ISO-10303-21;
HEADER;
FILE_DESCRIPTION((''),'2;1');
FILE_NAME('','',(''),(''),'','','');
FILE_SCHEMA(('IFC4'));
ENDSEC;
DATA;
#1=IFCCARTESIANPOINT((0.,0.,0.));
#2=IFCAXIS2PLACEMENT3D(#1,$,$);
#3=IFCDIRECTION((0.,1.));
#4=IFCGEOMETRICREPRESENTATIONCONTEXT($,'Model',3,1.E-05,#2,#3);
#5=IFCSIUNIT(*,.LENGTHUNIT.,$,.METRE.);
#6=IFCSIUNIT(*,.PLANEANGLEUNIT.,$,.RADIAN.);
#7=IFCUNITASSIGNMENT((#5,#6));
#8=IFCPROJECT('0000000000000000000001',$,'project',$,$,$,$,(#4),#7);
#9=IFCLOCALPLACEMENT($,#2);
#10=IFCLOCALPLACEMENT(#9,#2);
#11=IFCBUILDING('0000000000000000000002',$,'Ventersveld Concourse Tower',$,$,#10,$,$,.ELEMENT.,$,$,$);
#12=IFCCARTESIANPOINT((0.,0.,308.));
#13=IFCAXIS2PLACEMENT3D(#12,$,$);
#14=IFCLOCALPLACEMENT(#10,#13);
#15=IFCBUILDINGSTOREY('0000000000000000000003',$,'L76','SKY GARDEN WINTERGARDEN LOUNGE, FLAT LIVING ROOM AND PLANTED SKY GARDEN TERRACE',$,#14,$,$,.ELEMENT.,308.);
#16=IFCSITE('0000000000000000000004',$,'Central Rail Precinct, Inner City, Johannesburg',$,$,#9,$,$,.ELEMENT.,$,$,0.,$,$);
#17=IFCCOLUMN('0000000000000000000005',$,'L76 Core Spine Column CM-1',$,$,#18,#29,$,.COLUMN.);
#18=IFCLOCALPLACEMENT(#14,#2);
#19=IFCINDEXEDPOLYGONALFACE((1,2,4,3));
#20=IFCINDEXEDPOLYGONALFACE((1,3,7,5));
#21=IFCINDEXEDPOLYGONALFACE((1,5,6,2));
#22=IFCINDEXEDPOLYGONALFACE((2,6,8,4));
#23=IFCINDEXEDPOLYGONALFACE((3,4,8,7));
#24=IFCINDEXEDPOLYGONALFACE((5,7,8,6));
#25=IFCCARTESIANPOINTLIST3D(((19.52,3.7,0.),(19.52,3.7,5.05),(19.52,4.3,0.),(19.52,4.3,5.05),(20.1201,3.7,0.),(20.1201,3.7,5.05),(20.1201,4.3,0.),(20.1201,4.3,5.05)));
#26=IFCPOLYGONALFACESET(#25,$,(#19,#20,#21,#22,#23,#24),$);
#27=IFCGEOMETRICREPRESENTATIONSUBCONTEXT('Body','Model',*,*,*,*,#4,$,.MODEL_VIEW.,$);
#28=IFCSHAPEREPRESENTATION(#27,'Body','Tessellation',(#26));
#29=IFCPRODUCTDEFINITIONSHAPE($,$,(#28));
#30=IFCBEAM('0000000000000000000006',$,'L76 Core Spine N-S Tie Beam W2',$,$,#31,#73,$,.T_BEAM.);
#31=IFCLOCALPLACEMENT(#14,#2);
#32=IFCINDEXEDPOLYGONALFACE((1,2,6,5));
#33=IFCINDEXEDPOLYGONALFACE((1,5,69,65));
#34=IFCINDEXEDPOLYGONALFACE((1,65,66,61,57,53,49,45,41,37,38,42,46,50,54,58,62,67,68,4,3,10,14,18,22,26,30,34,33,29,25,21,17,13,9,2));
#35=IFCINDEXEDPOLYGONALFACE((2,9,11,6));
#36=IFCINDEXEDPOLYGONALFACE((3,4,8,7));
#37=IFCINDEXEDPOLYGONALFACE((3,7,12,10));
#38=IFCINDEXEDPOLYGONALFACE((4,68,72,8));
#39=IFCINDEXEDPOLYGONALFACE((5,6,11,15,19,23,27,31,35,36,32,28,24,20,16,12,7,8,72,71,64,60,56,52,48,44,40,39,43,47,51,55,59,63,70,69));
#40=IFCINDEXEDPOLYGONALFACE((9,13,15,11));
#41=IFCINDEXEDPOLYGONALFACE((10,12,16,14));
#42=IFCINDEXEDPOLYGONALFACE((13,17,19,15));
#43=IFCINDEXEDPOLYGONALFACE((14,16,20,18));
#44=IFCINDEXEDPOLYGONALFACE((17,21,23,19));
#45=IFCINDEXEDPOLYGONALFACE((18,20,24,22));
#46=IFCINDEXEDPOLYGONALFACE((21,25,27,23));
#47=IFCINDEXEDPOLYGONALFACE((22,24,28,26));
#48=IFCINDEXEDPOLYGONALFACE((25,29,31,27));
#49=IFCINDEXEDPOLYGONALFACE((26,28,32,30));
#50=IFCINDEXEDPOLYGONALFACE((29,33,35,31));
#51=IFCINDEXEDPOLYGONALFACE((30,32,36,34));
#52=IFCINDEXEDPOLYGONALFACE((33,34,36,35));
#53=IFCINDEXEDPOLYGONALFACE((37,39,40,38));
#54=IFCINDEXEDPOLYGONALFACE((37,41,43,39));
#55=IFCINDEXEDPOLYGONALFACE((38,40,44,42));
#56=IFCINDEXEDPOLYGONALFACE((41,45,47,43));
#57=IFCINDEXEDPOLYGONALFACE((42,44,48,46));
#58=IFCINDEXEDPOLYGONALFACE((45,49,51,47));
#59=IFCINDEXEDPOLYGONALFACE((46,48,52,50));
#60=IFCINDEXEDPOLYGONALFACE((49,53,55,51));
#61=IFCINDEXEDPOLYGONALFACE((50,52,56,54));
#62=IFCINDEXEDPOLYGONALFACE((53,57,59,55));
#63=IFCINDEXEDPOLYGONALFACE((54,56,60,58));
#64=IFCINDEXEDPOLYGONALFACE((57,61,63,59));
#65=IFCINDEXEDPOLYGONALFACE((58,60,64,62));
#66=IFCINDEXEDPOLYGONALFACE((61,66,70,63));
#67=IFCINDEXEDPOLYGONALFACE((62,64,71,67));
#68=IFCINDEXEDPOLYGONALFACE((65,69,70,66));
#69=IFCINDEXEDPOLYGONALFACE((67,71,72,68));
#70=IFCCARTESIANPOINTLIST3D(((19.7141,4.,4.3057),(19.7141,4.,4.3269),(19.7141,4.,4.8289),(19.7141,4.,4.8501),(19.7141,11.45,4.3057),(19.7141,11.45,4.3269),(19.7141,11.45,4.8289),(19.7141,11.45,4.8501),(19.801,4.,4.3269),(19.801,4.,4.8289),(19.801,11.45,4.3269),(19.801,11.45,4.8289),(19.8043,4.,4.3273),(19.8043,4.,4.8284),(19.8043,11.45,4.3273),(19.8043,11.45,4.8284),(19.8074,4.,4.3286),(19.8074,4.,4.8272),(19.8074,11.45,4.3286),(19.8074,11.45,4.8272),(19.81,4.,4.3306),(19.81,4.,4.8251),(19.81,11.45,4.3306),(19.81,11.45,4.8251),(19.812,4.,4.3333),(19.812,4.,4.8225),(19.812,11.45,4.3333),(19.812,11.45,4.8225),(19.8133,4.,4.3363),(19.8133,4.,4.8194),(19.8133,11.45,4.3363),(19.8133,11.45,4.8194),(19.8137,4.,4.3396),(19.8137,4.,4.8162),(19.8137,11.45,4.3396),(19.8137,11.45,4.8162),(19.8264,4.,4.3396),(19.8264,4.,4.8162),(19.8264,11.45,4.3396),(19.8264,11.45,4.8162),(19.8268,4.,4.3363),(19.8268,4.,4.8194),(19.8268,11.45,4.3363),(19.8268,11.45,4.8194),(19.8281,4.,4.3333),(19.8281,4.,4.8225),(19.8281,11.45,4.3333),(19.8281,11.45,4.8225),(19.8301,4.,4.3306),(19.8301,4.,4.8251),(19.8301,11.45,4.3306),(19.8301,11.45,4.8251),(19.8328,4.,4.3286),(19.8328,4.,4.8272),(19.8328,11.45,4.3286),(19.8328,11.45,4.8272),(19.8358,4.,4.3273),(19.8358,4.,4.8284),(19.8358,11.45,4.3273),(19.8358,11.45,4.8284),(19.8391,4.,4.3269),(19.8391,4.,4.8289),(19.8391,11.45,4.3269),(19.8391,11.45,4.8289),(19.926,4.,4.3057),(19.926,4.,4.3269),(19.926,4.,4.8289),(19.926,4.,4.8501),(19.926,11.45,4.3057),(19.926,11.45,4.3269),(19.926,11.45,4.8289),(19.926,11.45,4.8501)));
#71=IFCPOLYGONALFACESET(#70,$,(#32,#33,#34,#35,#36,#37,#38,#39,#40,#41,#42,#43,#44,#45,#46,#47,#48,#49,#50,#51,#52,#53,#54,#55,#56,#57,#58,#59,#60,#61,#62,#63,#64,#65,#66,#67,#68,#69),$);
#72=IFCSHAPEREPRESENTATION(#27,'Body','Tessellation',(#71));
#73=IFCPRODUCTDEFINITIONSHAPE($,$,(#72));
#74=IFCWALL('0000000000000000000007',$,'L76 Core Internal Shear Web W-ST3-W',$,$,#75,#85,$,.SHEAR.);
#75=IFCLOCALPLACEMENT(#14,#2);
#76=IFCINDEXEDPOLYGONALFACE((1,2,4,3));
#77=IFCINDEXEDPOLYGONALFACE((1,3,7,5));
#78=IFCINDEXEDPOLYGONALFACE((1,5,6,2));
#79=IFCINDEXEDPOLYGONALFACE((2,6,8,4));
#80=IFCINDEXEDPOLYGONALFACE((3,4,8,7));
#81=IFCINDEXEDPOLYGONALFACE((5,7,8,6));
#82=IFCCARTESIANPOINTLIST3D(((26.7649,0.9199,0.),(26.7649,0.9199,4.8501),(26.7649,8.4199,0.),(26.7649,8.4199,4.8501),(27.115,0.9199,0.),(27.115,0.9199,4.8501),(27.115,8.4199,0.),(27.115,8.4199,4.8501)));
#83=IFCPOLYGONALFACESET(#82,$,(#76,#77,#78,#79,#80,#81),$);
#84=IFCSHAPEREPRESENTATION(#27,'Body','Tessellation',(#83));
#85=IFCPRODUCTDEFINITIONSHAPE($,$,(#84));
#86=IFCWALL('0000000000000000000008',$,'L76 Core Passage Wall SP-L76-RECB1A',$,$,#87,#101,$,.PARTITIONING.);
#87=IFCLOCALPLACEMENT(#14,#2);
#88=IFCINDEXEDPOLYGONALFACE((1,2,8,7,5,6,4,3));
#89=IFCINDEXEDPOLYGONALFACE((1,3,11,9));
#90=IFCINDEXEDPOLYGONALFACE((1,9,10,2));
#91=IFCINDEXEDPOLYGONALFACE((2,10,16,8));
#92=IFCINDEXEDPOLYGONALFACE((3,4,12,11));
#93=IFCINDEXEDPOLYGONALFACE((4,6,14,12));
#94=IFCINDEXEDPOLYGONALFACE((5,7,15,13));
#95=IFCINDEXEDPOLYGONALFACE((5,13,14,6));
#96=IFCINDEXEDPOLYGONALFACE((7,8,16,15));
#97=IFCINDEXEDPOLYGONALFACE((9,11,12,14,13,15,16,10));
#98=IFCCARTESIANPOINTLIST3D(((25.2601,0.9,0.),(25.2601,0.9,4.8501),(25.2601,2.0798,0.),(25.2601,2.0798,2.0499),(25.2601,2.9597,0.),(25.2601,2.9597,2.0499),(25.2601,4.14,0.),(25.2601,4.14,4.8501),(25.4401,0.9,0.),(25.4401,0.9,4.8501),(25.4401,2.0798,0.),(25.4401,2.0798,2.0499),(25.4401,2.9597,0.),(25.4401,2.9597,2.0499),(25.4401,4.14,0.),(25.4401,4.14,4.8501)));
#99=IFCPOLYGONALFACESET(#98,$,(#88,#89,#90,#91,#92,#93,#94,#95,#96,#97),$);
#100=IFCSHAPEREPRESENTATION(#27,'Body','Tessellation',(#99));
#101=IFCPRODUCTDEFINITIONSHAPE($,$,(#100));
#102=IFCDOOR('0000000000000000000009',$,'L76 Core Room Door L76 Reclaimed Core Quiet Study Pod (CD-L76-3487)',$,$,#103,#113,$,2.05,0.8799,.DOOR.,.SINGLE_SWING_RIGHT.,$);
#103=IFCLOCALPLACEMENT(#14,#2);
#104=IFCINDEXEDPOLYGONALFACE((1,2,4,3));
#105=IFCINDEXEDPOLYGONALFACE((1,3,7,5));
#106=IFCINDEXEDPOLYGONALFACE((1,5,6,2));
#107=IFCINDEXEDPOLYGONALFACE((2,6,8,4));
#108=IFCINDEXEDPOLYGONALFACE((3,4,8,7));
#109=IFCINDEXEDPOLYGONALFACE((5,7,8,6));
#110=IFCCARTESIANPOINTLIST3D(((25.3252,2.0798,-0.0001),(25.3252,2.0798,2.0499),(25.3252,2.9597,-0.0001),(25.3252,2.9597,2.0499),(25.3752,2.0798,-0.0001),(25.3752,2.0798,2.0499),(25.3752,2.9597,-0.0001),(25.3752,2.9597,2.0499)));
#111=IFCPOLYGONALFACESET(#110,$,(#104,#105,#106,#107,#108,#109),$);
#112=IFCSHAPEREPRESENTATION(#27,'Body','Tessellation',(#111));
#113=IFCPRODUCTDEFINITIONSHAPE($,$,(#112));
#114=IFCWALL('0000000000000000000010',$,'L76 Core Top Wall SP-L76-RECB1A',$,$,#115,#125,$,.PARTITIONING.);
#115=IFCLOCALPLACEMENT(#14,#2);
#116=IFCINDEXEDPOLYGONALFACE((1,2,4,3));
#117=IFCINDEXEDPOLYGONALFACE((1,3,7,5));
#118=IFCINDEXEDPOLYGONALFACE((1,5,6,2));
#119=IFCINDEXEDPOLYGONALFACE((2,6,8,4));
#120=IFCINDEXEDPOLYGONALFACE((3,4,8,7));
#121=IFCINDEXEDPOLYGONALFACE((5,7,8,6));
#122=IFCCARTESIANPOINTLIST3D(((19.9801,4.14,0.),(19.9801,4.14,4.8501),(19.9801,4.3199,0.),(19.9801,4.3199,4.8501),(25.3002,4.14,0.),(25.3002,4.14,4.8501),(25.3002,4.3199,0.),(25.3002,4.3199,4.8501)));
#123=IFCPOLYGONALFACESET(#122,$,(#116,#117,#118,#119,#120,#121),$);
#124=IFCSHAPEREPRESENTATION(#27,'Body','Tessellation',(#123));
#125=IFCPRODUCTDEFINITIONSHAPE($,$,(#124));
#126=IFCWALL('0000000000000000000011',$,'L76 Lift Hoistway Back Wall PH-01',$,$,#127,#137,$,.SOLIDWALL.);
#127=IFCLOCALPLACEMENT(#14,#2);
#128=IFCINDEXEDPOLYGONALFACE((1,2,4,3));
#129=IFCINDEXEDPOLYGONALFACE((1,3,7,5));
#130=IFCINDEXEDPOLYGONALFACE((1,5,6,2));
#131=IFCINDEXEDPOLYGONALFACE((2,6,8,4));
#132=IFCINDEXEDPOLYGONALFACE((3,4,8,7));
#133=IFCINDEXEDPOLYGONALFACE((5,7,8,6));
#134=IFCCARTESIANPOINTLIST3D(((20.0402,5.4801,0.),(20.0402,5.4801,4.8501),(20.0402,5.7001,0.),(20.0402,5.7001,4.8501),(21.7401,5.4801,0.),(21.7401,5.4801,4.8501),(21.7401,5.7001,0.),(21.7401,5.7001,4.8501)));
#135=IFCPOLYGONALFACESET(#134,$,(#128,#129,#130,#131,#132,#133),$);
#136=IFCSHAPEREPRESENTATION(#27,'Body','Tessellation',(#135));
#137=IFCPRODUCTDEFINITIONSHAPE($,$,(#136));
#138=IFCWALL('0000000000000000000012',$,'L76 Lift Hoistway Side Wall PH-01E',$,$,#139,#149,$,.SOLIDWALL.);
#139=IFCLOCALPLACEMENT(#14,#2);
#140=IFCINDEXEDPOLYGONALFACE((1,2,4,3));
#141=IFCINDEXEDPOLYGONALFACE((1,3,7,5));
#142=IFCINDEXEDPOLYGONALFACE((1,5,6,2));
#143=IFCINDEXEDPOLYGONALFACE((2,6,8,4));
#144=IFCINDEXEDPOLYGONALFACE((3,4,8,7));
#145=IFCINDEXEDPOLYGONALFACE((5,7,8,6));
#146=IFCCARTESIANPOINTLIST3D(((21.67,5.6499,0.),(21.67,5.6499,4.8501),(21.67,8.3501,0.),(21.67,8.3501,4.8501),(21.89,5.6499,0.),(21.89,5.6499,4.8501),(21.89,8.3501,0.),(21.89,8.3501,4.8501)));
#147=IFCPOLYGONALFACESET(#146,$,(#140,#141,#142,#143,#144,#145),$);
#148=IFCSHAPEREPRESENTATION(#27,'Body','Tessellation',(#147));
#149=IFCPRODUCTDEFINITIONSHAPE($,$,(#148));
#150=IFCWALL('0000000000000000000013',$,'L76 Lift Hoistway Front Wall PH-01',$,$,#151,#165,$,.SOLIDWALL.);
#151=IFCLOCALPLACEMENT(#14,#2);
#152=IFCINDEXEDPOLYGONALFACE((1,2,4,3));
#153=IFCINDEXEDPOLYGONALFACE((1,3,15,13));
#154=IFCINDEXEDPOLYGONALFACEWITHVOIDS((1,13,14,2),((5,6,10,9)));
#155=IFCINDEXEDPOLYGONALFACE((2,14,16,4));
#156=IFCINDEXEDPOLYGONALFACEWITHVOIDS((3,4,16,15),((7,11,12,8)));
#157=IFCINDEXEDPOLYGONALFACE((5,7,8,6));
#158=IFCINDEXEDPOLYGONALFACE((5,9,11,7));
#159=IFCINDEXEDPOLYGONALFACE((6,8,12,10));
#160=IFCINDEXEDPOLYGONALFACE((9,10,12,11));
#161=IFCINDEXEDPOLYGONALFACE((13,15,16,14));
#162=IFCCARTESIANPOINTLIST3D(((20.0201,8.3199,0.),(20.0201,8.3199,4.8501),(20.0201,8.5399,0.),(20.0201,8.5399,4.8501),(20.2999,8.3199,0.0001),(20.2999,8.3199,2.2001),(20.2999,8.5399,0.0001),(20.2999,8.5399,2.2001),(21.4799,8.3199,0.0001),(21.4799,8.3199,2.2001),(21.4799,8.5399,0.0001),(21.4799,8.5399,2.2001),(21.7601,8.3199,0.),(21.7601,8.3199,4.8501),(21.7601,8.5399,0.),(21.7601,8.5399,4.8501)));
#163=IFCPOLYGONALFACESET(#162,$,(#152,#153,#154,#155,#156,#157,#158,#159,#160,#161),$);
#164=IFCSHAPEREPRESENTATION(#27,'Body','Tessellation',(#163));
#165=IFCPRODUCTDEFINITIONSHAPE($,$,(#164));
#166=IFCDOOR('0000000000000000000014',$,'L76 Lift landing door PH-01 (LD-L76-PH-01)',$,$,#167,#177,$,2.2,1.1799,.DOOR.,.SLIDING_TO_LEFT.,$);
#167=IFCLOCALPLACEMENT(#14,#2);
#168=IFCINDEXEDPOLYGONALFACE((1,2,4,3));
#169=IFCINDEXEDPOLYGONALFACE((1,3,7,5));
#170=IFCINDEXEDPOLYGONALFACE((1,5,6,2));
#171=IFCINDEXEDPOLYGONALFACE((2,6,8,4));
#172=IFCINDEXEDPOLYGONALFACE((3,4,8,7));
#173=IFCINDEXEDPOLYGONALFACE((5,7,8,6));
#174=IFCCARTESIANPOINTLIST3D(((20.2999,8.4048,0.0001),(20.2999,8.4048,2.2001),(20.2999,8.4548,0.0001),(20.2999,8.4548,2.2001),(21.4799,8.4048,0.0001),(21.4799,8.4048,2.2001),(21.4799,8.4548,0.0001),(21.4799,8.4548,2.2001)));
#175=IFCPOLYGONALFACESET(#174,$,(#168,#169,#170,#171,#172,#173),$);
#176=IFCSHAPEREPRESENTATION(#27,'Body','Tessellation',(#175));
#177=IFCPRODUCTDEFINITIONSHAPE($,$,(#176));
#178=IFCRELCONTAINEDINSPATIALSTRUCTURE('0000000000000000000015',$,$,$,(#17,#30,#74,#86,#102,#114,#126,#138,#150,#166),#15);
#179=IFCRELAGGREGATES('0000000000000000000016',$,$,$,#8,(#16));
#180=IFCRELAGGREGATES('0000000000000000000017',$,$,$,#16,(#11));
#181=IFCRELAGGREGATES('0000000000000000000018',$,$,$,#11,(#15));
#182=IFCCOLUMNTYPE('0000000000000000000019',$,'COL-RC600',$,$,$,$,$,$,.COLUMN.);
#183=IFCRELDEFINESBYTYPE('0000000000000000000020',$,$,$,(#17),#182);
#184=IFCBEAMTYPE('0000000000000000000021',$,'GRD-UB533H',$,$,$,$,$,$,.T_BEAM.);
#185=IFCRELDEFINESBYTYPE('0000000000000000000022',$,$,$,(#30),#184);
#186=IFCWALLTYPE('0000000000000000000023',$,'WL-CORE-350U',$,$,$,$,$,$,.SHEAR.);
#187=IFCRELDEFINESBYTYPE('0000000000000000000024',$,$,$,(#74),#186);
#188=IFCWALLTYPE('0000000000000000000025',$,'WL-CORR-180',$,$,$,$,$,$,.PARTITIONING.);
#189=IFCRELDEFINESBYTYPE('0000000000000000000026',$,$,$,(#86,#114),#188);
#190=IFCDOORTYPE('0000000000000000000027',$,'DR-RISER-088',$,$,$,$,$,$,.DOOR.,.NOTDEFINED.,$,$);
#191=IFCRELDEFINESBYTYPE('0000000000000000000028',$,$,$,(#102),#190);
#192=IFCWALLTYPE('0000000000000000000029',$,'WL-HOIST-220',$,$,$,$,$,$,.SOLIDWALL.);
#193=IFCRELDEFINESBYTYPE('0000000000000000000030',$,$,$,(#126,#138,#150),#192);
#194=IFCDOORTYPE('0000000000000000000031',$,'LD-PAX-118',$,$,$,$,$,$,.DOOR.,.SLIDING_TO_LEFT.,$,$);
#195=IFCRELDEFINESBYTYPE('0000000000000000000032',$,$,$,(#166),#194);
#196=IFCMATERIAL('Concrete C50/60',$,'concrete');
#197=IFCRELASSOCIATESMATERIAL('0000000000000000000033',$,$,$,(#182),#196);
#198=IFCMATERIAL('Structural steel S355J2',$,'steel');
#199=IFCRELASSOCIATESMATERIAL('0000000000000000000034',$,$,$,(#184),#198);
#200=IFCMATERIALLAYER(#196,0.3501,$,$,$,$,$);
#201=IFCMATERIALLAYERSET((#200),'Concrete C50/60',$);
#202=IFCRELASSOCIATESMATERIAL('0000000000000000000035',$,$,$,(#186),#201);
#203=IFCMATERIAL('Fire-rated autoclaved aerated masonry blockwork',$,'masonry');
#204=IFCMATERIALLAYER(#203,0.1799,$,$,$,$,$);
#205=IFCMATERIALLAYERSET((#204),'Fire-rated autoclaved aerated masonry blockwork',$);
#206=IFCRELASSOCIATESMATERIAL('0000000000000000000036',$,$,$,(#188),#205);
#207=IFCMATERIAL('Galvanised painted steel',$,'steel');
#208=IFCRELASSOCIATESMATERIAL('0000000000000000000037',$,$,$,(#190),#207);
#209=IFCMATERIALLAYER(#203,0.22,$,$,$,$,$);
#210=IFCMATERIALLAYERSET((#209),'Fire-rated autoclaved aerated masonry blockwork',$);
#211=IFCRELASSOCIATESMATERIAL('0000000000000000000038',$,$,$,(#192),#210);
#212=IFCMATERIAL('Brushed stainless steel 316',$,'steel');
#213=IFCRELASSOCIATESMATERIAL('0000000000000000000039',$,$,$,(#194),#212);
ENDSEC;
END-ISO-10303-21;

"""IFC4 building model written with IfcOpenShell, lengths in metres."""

from ifc_helpers import new_model, si_unit, direction, frame, frame_2d, origin, origin_2d, place, context, subcontext, project, spatial, rectangle, i_section, extrude, material, layer, layer_set, material_profile, profile_set, type_object, element, fill, save


model = new_model("IFC4")

# Units and contexts
model_context = context("Model", 3, precision=1e-05, world=origin(), true_north=direction((0.0, 1.0)))
body_context = subcontext(model_context, "Body", "Model", "MODEL_VIEW")
ifc_project = project(units=[si_unit("LENGTHUNIT", "METRE"), si_unit("PLANEANGLEUNIT", "RADIAN")], contexts=[model_context])

# Site, building, storey
site_placement = place(None, origin())
site = spatial("IfcSite", under=ifc_project, at=site_placement, Name="Central Rail Precinct, Inner City, Johannesburg", CompositionType="ELEMENT", RefElevation=0.0)
building_placement = place(site_placement, origin())
building = spatial("IfcBuilding", under=site, at=building_placement, Name="Ventersveld Concourse Tower", CompositionType="ELEMENT")
storey_placement = place(building_placement, frame((0.0, 0.0, 308.0)))
storey = spatial("IfcBuildingStorey", under=building, at=storey_placement, Name="L76", Description="SKY GARDEN WINTERGARDEN LOUNGE, FLAT LIVING ROOM AND PLANTED SKY GARDEN TERRACE", CompositionType="ELEMENT", Elevation=308.0)

# Column
ifc_material_1 = material(Name="Concrete C50/60", Category="concrete")
ifc_material_profile_1 = material_profile(ifc_material_1, rectangle(XDim=0.6001, YDim=0.6001, at=origin_2d()), Name="RC 600x600")
ifc_profile_set_1 = profile_set([ifc_material_profile_1], Name="Concrete C50/60")
column_type = type_object("IfcColumnType", Name="COL-RC600", PredefinedType="COLUMN", material=ifc_profile_set_1)
column_placement = place(storey_placement, frame((19.8201, 4.0, 0.0), z_axis=(0.0, 0.0, 1.0), x_axis=(1.0, 0.0, 0.0)))
element("IfcColumn", 1, at=column_placement, inside=storey, type_object=column_type, Name="L76 Core Spine Column CM-1", PredefinedType="COLUMN", context=body_context, shape_type="SweptSolid", body=[
    extrude(rectangle(XDim=0.6001, YDim=0.6001, at=origin_2d()), origin(), (0.0, 0.0, 1.0), 5.05),
])

# Beam
ifc_material_2 = material(Name="Structural steel S355J2", Category="steel")
ifc_material_profile_2 = material_profile(ifc_material_2, i_section(OverallWidth=0.2119, OverallDepth=0.5444, WebThickness=0.0127, FlangeThickness=0.0212, FilletRadius=0.0127, at=origin_2d()), Name="UB 533x210x122")
ifc_profile_set_2 = profile_set([ifc_material_profile_2], Name="Structural steel S355J2")
beam_type = type_object("IfcBeamType", Name="GRD-UB533H", PredefinedType="T_BEAM", material=ifc_profile_set_2)
beam_placement = place(storey_placement, frame((19.8201, 4.0, 4.5779), z_axis=(0.0, 1.0, 0.0), x_axis=(-1.0, 0.0, 0.0)))
element("IfcBeam", 2, at=beam_placement, inside=storey, type_object=beam_type, Name="L76 Core Spine N-S Tie Beam W2", PredefinedType="T_BEAM", context=body_context, shape_type="SweptSolid", body=[
    extrude(i_section(OverallWidth=0.2119, OverallDepth=0.5444, WebThickness=0.0127, FlangeThickness=0.0212, FilletRadius=0.0127, at=origin_2d()), origin(), (0.0, 0.0, 1.0), 7.45),
])

# Wall
ifc_layer_1 = layer(ifc_material_1, 0.3501)
ifc_layer_set_1 = layer_set([ifc_layer_1], Name="Concrete C50/60")
wall_type_1 = type_object("IfcWallType", Name="WL-CORE-350U", PredefinedType="SHEAR", material=ifc_layer_set_1)
wall_1_placement = place(storey_placement, frame((26.9399, 0.9199, 0.0), z_axis=(0.0, 0.0, 1.0), x_axis=(0.0, 1.0, 0.0)))
element("IfcWall", 3, at=wall_1_placement, inside=storey, type_object=wall_type_1, Name="L76 Core Internal Shear Web W-ST3-W", PredefinedType="SHEAR", context=body_context, shape_type="SweptSolid", body=[
    extrude(rectangle(XDim=7.5, YDim=0.3501, at=frame_2d((3.75, 0.0))), origin(), (0.0, 0.0, 1.0), 4.8501),
])

# Wall, opening, door
ifc_material_3 = material(Name="Fire-rated autoclaved aerated masonry blockwork", Category="masonry")
ifc_layer_2 = layer(ifc_material_3, 0.1799)
ifc_layer_set_2 = layer_set([ifc_layer_2], Name="Fire-rated autoclaved aerated masonry blockwork")
wall_type_2 = type_object("IfcWallType", Name="WL-CORR-180", PredefinedType="PARTITIONING", material=ifc_layer_set_2)
wall_2_placement = place(storey_placement, frame((25.3501, 0.8999, 0.0), z_axis=(0.0, 0.0, 1.0), x_axis=(0.0, 1.0, 0.0)))
wall_2 = element("IfcWall", 4, at=wall_2_placement, inside=storey, type_object=wall_type_2, Name="L76 Core Passage Wall SP-L76-RECB1A", PredefinedType="PARTITIONING", context=body_context, shape_type="SweptSolid", body=[
    extrude(rectangle(XDim=3.24, YDim=0.1799, at=frame_2d((1.6201, 0.0))), origin(), (0.0, 0.0, 1.0), 4.8501),
])
opening_1_placement = place(wall_2_placement, frame((1.1799, 0.0, 0.0)))
opening_1 = element("IfcOpeningElement", 5, at=opening_1_placement, cuts=wall_2, PredefinedType="OPENING", context=body_context, shape_type="SweptSolid", body=[
    extrude(rectangle(XDim=0.8799, YDim=2.05, at=frame_2d((0.4399, 1.0249))), frame((0.0, 0.1001, 0.0), z_axis=(0.0, -1.0, 0.0), x_axis=(1.0, 0.0, 0.0)), (0.0, 0.0, 1.0), 0.2),
])
ifc_material_4 = material(Name="Galvanised painted steel", Category="steel")
door_type_1 = type_object("IfcDoorType", Name="DR-RISER-088", OperationType="NOTDEFINED", PredefinedType="DOOR", material=ifc_material_4)
door_1_placement = place(opening_1_placement, origin())
door_1 = element("IfcDoor", 6, at=door_1_placement, inside=storey, type_object=door_type_1, Name="L76 Core Room Door L76 Reclaimed Core Quiet Study Pod (CD-L76-3487)", OperationType="SINGLE_SWING_RIGHT", OverallHeight=2.05, OverallWidth=0.8799, PredefinedType="DOOR", context=body_context, shape_type="SweptSolid", body=[
    extrude(rectangle(XDim=0.8799, YDim=2.05, at=frame_2d((0.4399, 1.0249))), frame((0.0, 0.0249, 0.0), z_axis=(0.0, -1.0, 0.0), x_axis=(1.0, 0.0, 0.0)), (0.0, 0.0, 1.0), 0.05),
])
fill(opening_1, door_1)

# Walls
wall_3_placement = place(storey_placement, frame((19.98, 4.23, 0.0), z_axis=(0.0, 0.0, 1.0), x_axis=(1.0, 0.0, 0.0)))
element("IfcWall", 7, at=wall_3_placement, inside=storey, type_object=wall_type_2, Name="L76 Core Top Wall SP-L76-RECB1A", PredefinedType="PARTITIONING", context=body_context, shape_type="SweptSolid", body=[
    extrude(rectangle(XDim=5.3201, YDim=0.1799, at=frame_2d((2.6602, 0.0))), origin(), (0.0, 0.0, 1.0), 4.8501),
])
ifc_layer_3 = layer(ifc_material_3, 0.22)
ifc_layer_set_3 = layer_set([ifc_layer_3], Name="Fire-rated autoclaved aerated masonry blockwork")
wall_type_3 = type_object("IfcWallType", Name="WL-HOIST-220", PredefinedType="SOLIDWALL", material=ifc_layer_set_3)
wall_4_placement = place(storey_placement, frame((20.04, 5.5901, 0.0), z_axis=(0.0, 0.0, 1.0), x_axis=(1.0, 0.0, 0.0)))
element("IfcWall", 8, at=wall_4_placement, inside=storey, type_object=wall_type_3, Name="L76 Lift Hoistway Back Wall PH-01", PredefinedType="SOLIDWALL", context=body_context, shape_type="SweptSolid", body=[
    extrude(rectangle(XDim=1.7, YDim=0.22, at=frame_2d((0.8501, 0.0))), origin(), (0.0, 0.0, 1.0), 4.8501),
])
wall_5_placement = place(storey_placement, frame((21.78, 5.6499, 0.0), z_axis=(0.0, 0.0, 1.0), x_axis=(0.0, 1.0, 0.0)))
element("IfcWall", 9, at=wall_5_placement, inside=storey, type_object=wall_type_3, Name="L76 Lift Hoistway Side Wall PH-01E", PredefinedType="SOLIDWALL", context=body_context, shape_type="SweptSolid", body=[
    extrude(rectangle(XDim=2.7002, YDim=0.22, at=frame_2d((1.3501, 0.0))), origin(), (0.0, 0.0, 1.0), 4.8501),
])

# Wall, opening, door
wall_6_placement = place(storey_placement, frame((20.02, 8.4299, 0.0), z_axis=(0.0, 0.0, 1.0), x_axis=(1.0, 0.0, 0.0)))
wall_6 = element("IfcWall", 10, at=wall_6_placement, inside=storey, type_object=wall_type_3, Name="L76 Lift Hoistway Front Wall PH-01", PredefinedType="SOLIDWALL", context=body_context, shape_type="SweptSolid", body=[
    extrude(rectangle(XDim=1.74, YDim=0.22, at=frame_2d((0.8701, 0.0))), origin(), (0.0, 0.0, 1.0), 4.8501),
])
opening_2_placement = place(wall_6_placement, frame((0.28, 0.0, 0.0)))
opening_2 = element("IfcOpeningElement", 11, at=opening_2_placement, cuts=wall_6, PredefinedType="OPENING", context=body_context, shape_type="SweptSolid", body=[
    extrude(rectangle(XDim=1.1799, YDim=2.2, at=frame_2d((0.5898, 1.1001))), frame((0.0, 0.1201, 0.0), z_axis=(0.0, -1.0, 0.0), x_axis=(1.0, 0.0, 0.0)), (0.0, 0.0, 1.0), 0.24),
])
ifc_material_5 = material(Name="Brushed stainless steel 316", Category="steel")
door_type_2 = type_object("IfcDoorType", Name="LD-PAX-118", OperationType="SLIDING_TO_LEFT", PredefinedType="DOOR", material=ifc_material_5)
door_2_placement = place(opening_2_placement, origin())
door_2 = element("IfcDoor", 12, at=door_2_placement, inside=storey, type_object=door_type_2, Name="L76 Lift landing door PH-01 (LD-L76-PH-01)", OperationType="SLIDING_TO_LEFT", OverallHeight=2.2, OverallWidth=1.1799, PredefinedType="DOOR", context=body_context, shape_type="SweptSolid", body=[
    extrude(rectangle(XDim=1.1799, YDim=2.2, at=frame_2d((0.5898, 1.1001))), frame((0.0, 0.0249, 0.0), z_axis=(0.0, -1.0, 0.0), x_axis=(1.0, 0.0, 0.0)), (0.0, 0.0, 1.0), 0.05),
])
fill(opening_2, door_2)

save(model, "model.ifc")
